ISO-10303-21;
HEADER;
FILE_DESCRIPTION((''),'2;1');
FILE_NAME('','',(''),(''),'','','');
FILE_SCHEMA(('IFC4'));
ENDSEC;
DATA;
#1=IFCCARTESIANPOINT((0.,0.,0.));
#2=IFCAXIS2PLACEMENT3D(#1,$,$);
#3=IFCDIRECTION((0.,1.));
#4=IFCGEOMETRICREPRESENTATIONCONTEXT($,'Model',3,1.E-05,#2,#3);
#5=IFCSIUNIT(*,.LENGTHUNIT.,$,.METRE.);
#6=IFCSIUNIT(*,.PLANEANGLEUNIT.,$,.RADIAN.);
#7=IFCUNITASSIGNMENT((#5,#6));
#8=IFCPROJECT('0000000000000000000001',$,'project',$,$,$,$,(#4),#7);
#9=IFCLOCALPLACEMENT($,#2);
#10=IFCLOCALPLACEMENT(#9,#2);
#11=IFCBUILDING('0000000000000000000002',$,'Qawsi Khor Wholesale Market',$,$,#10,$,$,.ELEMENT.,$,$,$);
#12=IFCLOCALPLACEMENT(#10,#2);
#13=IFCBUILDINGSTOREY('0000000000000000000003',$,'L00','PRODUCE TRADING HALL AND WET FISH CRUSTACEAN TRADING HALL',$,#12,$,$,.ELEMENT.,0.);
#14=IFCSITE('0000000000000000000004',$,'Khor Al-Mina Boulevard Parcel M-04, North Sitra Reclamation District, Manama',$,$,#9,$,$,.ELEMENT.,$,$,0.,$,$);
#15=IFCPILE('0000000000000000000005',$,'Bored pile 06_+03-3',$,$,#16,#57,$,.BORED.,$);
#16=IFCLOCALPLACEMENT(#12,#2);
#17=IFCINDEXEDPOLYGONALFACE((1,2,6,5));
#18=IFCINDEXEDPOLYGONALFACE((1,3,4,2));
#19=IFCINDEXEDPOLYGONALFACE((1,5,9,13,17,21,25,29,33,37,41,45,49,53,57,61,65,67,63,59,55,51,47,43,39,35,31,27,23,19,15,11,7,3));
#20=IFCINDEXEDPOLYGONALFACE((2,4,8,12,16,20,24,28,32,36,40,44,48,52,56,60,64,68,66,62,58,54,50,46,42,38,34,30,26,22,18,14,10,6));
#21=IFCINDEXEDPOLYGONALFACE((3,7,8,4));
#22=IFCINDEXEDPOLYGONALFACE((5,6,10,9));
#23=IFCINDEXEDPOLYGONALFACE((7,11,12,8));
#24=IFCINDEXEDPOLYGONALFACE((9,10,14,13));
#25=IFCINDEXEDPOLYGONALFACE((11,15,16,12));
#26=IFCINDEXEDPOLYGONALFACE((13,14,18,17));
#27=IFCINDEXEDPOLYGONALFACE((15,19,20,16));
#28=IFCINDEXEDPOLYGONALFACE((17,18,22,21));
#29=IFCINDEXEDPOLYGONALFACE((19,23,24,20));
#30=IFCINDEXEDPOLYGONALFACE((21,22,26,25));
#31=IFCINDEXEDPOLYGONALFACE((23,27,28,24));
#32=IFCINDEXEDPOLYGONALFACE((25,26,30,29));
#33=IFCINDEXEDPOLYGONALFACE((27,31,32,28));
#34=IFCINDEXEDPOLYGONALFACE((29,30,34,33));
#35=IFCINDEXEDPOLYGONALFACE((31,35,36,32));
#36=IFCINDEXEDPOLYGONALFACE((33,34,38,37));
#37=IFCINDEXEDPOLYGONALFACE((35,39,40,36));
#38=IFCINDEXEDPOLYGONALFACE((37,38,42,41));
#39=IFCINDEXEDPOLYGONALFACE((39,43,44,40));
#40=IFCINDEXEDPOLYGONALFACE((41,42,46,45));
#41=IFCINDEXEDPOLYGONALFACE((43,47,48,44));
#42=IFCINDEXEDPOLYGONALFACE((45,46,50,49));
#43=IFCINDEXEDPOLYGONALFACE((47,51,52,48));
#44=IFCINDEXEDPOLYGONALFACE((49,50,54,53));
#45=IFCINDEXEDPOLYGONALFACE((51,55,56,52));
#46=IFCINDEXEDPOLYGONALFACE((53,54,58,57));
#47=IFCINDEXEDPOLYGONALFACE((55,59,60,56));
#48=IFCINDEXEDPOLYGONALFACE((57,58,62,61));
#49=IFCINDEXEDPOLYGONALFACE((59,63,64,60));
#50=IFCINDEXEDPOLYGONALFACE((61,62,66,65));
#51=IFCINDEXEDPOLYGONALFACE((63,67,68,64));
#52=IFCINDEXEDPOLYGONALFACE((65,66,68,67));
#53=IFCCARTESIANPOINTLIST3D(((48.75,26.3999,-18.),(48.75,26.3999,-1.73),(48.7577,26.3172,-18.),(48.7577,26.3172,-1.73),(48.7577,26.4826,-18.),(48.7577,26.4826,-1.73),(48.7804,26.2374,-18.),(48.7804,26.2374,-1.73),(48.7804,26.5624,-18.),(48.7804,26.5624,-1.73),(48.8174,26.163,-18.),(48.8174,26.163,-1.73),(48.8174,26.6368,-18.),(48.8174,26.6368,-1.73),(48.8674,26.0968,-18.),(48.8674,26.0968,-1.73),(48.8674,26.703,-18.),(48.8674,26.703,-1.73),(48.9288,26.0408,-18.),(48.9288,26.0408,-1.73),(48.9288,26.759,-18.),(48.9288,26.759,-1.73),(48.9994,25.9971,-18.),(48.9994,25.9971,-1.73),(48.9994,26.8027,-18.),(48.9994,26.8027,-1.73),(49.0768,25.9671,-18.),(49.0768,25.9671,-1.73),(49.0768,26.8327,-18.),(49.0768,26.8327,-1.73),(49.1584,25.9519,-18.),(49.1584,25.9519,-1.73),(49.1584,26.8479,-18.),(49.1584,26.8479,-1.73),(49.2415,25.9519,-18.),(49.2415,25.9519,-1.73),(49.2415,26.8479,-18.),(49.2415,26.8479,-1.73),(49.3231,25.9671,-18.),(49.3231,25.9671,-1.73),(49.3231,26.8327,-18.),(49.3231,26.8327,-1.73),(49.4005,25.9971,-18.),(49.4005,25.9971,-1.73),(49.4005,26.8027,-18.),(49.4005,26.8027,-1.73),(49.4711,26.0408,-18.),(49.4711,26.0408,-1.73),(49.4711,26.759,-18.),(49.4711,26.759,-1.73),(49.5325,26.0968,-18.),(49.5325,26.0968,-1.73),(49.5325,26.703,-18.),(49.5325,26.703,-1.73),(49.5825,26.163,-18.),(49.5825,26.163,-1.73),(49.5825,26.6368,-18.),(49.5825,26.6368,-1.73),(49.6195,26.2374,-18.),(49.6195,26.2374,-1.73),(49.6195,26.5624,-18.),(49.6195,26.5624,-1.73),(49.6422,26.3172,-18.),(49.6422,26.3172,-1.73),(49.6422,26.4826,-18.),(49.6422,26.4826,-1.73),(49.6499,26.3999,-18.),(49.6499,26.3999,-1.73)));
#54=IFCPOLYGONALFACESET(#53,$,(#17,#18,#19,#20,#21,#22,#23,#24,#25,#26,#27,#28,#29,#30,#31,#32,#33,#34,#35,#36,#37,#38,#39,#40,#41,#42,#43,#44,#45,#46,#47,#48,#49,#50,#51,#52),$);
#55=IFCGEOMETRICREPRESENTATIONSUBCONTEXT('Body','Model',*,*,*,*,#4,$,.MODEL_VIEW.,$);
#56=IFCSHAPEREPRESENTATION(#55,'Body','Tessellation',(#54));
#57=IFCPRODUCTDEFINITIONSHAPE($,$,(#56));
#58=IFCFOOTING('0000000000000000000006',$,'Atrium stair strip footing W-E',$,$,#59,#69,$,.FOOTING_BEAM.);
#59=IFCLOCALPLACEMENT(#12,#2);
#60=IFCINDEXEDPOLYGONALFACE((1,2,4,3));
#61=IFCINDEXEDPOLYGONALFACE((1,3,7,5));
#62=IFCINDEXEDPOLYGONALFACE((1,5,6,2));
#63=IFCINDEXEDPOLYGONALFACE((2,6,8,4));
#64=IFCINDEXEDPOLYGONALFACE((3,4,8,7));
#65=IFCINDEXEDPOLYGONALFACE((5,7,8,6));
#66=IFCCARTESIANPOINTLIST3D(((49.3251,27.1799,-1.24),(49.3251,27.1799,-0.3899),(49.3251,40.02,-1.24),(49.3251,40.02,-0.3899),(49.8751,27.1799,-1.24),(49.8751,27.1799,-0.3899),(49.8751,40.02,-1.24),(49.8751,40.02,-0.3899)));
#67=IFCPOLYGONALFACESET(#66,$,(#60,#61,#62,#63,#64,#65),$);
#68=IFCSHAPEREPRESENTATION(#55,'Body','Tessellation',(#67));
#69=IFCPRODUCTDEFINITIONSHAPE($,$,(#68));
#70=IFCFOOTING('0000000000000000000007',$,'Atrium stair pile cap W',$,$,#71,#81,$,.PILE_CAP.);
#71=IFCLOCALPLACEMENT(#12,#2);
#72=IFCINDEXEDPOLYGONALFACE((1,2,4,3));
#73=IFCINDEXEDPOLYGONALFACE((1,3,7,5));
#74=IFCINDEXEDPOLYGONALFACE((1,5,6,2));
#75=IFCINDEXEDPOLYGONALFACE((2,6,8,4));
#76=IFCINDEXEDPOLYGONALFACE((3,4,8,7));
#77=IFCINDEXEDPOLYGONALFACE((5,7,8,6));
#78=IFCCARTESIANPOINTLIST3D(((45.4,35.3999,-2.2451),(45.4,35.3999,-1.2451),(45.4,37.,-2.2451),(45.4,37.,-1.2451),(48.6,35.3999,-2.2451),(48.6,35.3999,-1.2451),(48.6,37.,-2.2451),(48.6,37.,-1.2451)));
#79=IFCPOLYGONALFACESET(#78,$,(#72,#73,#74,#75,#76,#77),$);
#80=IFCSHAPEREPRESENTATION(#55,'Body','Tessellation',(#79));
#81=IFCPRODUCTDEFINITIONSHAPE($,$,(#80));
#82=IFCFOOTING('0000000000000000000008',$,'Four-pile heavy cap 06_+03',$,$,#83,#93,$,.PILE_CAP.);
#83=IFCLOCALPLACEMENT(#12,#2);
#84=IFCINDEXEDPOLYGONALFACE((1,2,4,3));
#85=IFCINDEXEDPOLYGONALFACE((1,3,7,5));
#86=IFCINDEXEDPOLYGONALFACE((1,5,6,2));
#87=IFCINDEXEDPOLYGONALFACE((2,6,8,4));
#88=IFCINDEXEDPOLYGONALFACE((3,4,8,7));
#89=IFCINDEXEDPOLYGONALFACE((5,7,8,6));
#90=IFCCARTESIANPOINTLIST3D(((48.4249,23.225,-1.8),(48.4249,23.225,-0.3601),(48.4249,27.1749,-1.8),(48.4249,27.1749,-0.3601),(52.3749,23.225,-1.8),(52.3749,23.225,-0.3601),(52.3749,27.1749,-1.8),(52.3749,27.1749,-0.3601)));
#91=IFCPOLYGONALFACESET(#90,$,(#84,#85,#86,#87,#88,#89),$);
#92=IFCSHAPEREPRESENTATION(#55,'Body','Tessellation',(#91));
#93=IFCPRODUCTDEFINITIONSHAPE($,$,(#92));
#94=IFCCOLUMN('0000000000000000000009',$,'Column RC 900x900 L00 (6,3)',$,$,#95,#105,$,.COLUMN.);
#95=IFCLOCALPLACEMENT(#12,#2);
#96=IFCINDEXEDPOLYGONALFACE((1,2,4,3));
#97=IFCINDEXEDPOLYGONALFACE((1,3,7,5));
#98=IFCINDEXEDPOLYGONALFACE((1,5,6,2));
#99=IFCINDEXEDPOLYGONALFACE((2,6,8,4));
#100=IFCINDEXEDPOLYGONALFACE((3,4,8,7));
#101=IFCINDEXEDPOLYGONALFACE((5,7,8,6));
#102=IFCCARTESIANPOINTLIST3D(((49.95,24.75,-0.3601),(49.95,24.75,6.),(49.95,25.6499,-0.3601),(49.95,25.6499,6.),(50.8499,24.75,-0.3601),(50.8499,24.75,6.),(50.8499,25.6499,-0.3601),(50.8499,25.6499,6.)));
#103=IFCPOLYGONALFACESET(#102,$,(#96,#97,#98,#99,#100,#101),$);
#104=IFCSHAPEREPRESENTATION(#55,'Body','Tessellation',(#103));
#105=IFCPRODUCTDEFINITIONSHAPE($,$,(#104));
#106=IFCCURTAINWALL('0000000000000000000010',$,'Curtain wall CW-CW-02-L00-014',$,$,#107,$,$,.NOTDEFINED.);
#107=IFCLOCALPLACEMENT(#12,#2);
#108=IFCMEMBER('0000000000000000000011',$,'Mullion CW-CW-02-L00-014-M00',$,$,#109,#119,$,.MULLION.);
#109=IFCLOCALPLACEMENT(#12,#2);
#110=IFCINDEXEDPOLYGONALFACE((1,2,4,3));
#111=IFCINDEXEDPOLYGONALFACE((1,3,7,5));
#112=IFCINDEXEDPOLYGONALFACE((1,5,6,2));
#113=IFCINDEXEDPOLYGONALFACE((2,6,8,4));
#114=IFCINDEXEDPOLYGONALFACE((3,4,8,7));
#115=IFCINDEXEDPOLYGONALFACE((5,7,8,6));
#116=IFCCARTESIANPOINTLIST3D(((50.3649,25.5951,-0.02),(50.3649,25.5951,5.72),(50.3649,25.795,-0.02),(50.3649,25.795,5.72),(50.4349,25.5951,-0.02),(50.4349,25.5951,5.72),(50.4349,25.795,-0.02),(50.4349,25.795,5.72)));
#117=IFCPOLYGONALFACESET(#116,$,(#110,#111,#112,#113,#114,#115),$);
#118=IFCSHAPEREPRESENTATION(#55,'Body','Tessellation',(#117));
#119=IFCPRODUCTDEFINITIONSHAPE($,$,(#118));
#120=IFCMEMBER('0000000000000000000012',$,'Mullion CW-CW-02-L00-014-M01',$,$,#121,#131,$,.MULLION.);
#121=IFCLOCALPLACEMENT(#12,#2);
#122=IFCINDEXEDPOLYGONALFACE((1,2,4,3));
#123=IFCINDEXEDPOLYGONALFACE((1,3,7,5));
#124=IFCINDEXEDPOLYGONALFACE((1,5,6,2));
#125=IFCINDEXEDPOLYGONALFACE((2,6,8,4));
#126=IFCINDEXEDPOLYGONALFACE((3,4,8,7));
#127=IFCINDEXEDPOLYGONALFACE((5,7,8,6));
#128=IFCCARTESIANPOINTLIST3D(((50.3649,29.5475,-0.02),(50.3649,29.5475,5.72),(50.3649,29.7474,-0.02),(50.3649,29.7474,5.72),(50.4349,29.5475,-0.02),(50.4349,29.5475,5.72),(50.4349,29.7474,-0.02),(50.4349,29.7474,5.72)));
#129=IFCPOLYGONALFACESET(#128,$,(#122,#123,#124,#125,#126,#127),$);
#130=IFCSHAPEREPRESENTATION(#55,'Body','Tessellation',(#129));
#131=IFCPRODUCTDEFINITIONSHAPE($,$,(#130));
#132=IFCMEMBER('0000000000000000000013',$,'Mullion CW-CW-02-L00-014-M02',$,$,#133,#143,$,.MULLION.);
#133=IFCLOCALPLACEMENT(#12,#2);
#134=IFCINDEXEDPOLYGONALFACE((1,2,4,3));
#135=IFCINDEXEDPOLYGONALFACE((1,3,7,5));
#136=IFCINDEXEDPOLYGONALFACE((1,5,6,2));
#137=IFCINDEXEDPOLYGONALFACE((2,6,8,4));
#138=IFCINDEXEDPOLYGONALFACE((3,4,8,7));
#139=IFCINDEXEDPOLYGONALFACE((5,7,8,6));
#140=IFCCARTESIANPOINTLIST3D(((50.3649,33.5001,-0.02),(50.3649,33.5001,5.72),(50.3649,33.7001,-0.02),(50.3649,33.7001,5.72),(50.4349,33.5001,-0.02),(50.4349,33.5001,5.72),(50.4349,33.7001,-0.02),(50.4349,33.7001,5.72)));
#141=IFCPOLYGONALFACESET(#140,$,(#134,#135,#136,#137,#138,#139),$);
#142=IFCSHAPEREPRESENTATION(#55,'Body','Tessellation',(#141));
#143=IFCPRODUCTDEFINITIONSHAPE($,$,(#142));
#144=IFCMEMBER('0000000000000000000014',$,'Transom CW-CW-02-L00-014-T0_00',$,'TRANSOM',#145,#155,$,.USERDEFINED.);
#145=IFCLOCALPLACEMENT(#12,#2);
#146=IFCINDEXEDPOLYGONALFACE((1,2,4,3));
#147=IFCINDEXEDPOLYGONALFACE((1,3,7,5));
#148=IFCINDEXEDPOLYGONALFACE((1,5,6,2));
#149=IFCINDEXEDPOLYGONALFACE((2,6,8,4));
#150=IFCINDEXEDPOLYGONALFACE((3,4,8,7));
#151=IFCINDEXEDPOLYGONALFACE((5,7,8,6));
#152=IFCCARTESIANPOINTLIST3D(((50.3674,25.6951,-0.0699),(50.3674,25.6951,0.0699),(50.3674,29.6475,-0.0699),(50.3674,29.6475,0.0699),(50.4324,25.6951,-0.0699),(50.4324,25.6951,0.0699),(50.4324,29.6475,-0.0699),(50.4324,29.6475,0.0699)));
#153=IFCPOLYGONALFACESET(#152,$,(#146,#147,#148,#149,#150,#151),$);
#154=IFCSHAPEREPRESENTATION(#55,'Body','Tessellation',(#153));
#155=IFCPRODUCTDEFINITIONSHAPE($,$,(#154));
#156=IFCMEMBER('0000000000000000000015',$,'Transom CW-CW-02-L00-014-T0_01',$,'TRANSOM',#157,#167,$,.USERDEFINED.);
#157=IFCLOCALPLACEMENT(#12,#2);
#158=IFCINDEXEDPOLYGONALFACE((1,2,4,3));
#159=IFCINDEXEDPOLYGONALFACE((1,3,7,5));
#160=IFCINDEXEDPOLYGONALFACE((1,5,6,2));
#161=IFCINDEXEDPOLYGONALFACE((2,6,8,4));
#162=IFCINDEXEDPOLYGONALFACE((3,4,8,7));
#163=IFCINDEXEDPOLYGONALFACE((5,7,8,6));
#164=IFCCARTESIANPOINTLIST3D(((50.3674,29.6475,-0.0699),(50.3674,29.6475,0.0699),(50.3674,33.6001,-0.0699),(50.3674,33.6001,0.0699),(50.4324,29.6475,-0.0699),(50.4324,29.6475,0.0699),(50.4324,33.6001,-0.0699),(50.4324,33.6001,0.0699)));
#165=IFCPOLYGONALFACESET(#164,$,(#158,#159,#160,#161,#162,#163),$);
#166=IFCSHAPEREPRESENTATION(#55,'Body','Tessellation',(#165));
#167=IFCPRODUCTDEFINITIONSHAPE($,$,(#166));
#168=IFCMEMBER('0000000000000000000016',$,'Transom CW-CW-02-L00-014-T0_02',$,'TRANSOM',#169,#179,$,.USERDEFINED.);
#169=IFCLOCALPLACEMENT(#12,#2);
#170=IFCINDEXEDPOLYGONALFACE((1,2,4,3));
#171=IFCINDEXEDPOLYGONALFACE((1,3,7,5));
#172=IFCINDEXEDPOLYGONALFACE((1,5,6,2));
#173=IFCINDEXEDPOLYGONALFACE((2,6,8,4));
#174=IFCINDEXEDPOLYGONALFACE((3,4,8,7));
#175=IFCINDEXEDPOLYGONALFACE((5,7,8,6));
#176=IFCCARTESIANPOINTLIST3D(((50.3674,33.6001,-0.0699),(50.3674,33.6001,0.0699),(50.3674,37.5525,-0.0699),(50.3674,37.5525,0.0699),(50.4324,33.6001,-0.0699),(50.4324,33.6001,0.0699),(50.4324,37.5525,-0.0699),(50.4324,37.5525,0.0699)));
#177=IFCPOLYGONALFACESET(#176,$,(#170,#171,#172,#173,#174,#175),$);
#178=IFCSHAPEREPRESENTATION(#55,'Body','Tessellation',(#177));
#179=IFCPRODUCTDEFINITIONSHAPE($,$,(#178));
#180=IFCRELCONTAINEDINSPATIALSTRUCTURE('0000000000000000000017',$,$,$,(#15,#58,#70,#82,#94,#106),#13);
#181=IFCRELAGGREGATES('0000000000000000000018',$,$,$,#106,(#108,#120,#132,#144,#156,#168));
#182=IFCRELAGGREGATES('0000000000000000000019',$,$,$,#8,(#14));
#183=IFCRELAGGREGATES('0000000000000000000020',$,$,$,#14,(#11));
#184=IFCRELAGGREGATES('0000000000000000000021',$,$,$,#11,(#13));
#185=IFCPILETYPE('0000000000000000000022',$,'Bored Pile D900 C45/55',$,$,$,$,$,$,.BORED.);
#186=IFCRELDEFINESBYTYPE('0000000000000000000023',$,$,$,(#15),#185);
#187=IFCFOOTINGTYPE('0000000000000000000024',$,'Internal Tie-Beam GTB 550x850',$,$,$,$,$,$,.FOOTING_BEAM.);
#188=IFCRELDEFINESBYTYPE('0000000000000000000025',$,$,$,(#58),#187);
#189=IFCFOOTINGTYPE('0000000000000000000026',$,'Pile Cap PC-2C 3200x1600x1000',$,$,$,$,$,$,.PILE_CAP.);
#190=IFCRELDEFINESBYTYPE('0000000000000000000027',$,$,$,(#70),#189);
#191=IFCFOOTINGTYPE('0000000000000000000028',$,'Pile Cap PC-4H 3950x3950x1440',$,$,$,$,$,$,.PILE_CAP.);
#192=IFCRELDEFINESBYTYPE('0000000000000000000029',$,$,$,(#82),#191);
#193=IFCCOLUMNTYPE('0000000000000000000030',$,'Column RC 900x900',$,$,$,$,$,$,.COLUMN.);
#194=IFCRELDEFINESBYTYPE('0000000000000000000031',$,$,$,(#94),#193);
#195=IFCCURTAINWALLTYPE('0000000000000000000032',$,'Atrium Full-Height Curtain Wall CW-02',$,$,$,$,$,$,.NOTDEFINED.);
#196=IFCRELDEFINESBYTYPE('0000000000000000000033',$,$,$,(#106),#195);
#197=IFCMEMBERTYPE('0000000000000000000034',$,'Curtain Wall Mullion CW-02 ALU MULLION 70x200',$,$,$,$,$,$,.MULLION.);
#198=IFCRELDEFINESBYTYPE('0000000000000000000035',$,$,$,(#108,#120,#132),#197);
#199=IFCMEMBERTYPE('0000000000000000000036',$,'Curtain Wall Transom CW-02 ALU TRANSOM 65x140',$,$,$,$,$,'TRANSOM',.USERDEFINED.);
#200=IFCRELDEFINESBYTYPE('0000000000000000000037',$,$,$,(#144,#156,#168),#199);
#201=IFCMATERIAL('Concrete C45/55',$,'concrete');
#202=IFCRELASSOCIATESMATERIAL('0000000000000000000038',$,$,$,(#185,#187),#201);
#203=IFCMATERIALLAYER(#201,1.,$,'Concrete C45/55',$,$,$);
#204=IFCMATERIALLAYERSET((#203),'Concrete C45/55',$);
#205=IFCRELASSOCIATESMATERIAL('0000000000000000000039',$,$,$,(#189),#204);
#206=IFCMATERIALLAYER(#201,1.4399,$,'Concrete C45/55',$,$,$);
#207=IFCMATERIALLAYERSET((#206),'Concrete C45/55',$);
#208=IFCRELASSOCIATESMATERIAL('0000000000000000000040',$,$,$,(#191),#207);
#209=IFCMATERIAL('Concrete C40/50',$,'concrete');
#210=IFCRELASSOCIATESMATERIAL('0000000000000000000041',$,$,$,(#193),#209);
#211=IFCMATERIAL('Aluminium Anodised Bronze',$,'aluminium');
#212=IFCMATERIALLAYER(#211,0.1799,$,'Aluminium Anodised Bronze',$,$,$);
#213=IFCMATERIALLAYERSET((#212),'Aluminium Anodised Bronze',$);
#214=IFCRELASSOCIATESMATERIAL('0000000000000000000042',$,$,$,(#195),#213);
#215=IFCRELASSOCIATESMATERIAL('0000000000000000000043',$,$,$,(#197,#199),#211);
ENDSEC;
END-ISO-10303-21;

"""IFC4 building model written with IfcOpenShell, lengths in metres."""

from ifc_helpers import new_model, si_unit, direction, frame, origin, origin_2d, place, context, subcontext, project, spatial, rectangle, circle, extrude, material, layer, layer_set, material_profile, profile_set, type_object, element, aggregate, save


model = new_model("IFC4")

# Units and contexts
model_context = context("Model", 3, precision=1e-05, world=origin(), true_north=direction((0.0, 1.0)))
body_context = subcontext(model_context, "Body", "Model", "MODEL_VIEW")
ifc_project = project(units=[si_unit("LENGTHUNIT", "METRE"), si_unit("PLANEANGLEUNIT", "RADIAN")], contexts=[model_context])

# Site, building, storey
site_placement = place(None, origin())
site = spatial("IfcSite", under=ifc_project, at=site_placement, Name="Khor Al-Mina Boulevard Parcel M-04, North Sitra Reclamation District, Manama", CompositionType="ELEMENT", RefElevation=0.0)
building_placement = place(site_placement, origin())
building = spatial("IfcBuilding", under=site, at=building_placement, Name="Qawsi Khor Wholesale Market", CompositionType="ELEMENT")
storey_placement = place(building_placement, origin())
storey = spatial("IfcBuildingStorey", under=building, at=storey_placement, Name="L00", Description="PRODUCE TRADING HALL AND WET FISH CRUSTACEAN TRADING HALL", CompositionType="ELEMENT", Elevation=0.0)

# Pile
ifc_material_1 = material(Name="Concrete C45/55", Category="concrete")
ifc_material_profile_1 = material_profile(ifc_material_1, circle(Radius=0.45, at=origin_2d()), Name="PILE D900")
ifc_profile_set_1 = profile_set([ifc_material_profile_1], Name="Concrete C45/55")
pile_type = type_object("IfcPileType", Name="Bored Pile D900 C45/55", PredefinedType="BORED", material=ifc_profile_set_1)
pile_placement = place(storey_placement, frame((49.2, 26.3999, -1.73), z_axis=(0.0, 0.0, -1.0), x_axis=(1.0, 0.0, 0.0)))
element("IfcPile", 1, at=pile_placement, inside=storey, type_object=pile_type, Name="Bored pile 06_+03-3", PredefinedType="BORED", context=body_context, shape_type="SweptSolid", body=[
    extrude(circle(Radius=0.45, at=origin_2d()), origin(), (0.0, 0.0, 1.0), 16.27),
])

# Footings
ifc_material_profile_2 = material_profile(ifc_material_1, rectangle(XDim=0.55, YDim=0.8501, at=origin_2d()), Name="RC 550x850")
ifc_profile_set_2 = profile_set([ifc_material_profile_2], Name="Concrete C45/55")
footing_type_1 = type_object("IfcFootingType", Name="Internal Tie-Beam GTB 550x850", PredefinedType="FOOTING_BEAM", material=ifc_profile_set_2)
footing_1_placement = place(storey_placement, frame((49.6001, 27.1799, -0.8149), z_axis=(0.0, 1.0, 0.0), x_axis=(-1.0, 0.0, 0.0)))
element("IfcFooting", 2, at=footing_1_placement, inside=storey, type_object=footing_type_1, Name="Atrium stair strip footing W-E", PredefinedType="FOOTING_BEAM", context=body_context, shape_type="SweptSolid", body=[
    extrude(rectangle(XDim=0.55, YDim=0.8501, at=origin_2d()), origin(), (0.0, 0.0, 1.0), 12.8401),
])
ifc_layer_1 = layer(ifc_material_1, 1.0, Name="Concrete C45/55")
ifc_layer_set_1 = layer_set([ifc_layer_1], Name="Concrete C45/55")
footing_type_2 = type_object("IfcFootingType", Name="Pile Cap PC-2C 3200x1600x1000", PredefinedType="PILE_CAP", material=ifc_layer_set_1)
footing_2_placement = place(storey_placement, frame((47.0, 36.2, -2.2451), z_axis=(0.0, 0.0, 1.0), x_axis=(1.0, 0.0, 0.0)))
element("IfcFooting", 3, at=footing_2_placement, inside=storey, type_object=footing_type_2, Name="Atrium stair pile cap W", PredefinedType="PILE_CAP", context=body_context, shape_type="SweptSolid", body=[
    extrude(rectangle(XDim=3.2, YDim=1.6001, at=origin_2d()), origin(), (0.0, 0.0, 1.0), 1.0),
])
ifc_layer_2 = layer(ifc_material_1, 1.4399, Name="Concrete C45/55")
ifc_layer_set_2 = layer_set([ifc_layer_2], Name="Concrete C45/55")
footing_type_3 = type_object("IfcFootingType", Name="Pile Cap PC-4H 3950x3950x1440", PredefinedType="PILE_CAP", material=ifc_layer_set_2)
footing_3_placement = place(storey_placement, frame((50.3999, 25.2, -1.8), z_axis=(0.0, 0.0, 1.0), x_axis=(1.0, 0.0, 0.0)))
element("IfcFooting", 4, at=footing_3_placement, inside=storey, type_object=footing_type_3, Name="Four-pile heavy cap 06_+03", PredefinedType="PILE_CAP", context=body_context, shape_type="SweptSolid", body=[
    extrude(rectangle(XDim=3.95, YDim=3.95, at=origin_2d()), origin(), (0.0, 0.0, 1.0), 1.4399),
])

# Column
ifc_material_2 = material(Name="Concrete C40/50", Category="concrete")
ifc_material_profile_3 = material_profile(ifc_material_2, rectangle(XDim=0.8999, YDim=0.8999, at=origin_2d()), Name="RC 900x900")
ifc_profile_set_3 = profile_set([ifc_material_profile_3], Name="Concrete C40/50")
column_type = type_object("IfcColumnType", Name="Column RC 900x900", PredefinedType="COLUMN", material=ifc_profile_set_3)
column_placement = place(storey_placement, frame((50.3999, 25.2, -0.3601), z_axis=(0.0, 0.0, 1.0), x_axis=(1.0, 0.0, 0.0)))
element("IfcColumn", 5, at=column_placement, inside=storey, type_object=column_type, Name="Column RC 900x900 L00 (6,3)", PredefinedType="COLUMN", context=body_context, shape_type="SweptSolid", body=[
    extrude(rectangle(XDim=0.8999, YDim=0.8999, at=origin_2d()), origin(), (0.0, 0.0, 1.0), 6.3601),
])

# Curtain wall, members
ifc_material_3 = material(Name="Aluminium Anodised Bronze", Category="aluminium")
ifc_layer_3 = layer(ifc_material_3, 0.1799, Name="Aluminium Anodised Bronze")
ifc_layer_set_3 = layer_set([ifc_layer_3], Name="Aluminium Anodised Bronze")
curtain_wall_type = type_object("IfcCurtainWallType", Name="Atrium Full-Height Curtain Wall CW-02", PredefinedType="NOTDEFINED", material=ifc_layer_set_3)
curtain_wall_placement = place(storey_placement, origin())
curtain_wall = element("IfcCurtainWall", 6, at=curtain_wall_placement, inside=storey, type_object=curtain_wall_type, Name="Curtain wall CW-CW-02-L00-014", PredefinedType="NOTDEFINED")
ifc_material_profile_4 = material_profile(ifc_material_3, rectangle(XDim=0.0701, YDim=0.2, at=origin_2d()), Name="ALU MULLION 70x200")
ifc_profile_set_4 = profile_set([ifc_material_profile_4], Name="Aluminium Anodised Bronze")
member_type_1 = type_object("IfcMemberType", Name="Curtain Wall Mullion CW-02 ALU MULLION 70x200", PredefinedType="MULLION", material=ifc_profile_set_4)
member_1_placement = place(storey_placement, frame((50.3999, 25.6951, -0.02), z_axis=(0.0, 0.0, 1.0), x_axis=(1.0, 0.0, 0.0)))
member_1 = element("IfcMember", 7, at=member_1_placement, type_object=member_type_1, Name="Mullion CW-CW-02-L00-014-M00", PredefinedType="MULLION", context=body_context, shape_type="SweptSolid", body=[
    extrude(rectangle(XDim=0.0701, YDim=0.2, at=origin_2d()), origin(), (0.0, 0.0, 1.0), 5.74),
])
member_2_placement = place(storey_placement, frame((50.3999, 29.6475, -0.02), z_axis=(0.0, 0.0, 1.0), x_axis=(1.0, 0.0, 0.0)))
member_2 = element("IfcMember", 8, at=member_2_placement, type_object=member_type_1, Name="Mullion CW-CW-02-L00-014-M01", PredefinedType="MULLION", context=body_context, shape_type="SweptSolid", body=[
    extrude(rectangle(XDim=0.0701, YDim=0.2, at=origin_2d()), origin(), (0.0, 0.0, 1.0), 5.74),
])
member_3_placement = place(storey_placement, frame((50.3999, 33.6001, -0.02), z_axis=(0.0, 0.0, 1.0), x_axis=(1.0, 0.0, 0.0)))
member_3 = element("IfcMember", 9, at=member_3_placement, type_object=member_type_1, Name="Mullion CW-CW-02-L00-014-M02", PredefinedType="MULLION", context=body_context, shape_type="SweptSolid", body=[
    extrude(rectangle(XDim=0.0701, YDim=0.2, at=origin_2d()), origin(), (0.0, 0.0, 1.0), 5.74),
])
ifc_material_profile_5 = material_profile(ifc_material_3, rectangle(XDim=0.0649, YDim=0.1399, at=origin_2d()), Name="ALU TRANSOM 65x140")
ifc_profile_set_5 = profile_set([ifc_material_profile_5], Name="Aluminium Anodised Bronze")
member_type_2 = type_object("IfcMemberType", Name="Curtain Wall Transom CW-02 ALU TRANSOM 65x140", ElementType="TRANSOM", PredefinedType="USERDEFINED", material=ifc_profile_set_5)
member_4_placement = place(storey_placement, frame((50.3999, 25.6951, 0.0), z_axis=(0.0, 1.0, 0.0), x_axis=(-1.0, 0.0, 0.0)))
member_4 = element("IfcMember", 10, at=member_4_placement, type_object=member_type_2, Name="Transom CW-CW-02-L00-014-T0_00", ObjectType="TRANSOM", PredefinedType="USERDEFINED", context=body_context, shape_type="SweptSolid", body=[
    extrude(rectangle(XDim=0.0649, YDim=0.1399, at=origin_2d()), origin(), (0.0, 0.0, 1.0), 3.9524),
])
member_5_placement = place(storey_placement, frame((50.3999, 29.6475, 0.0), z_axis=(0.0, 1.0, 0.0), x_axis=(-1.0, 0.0, 0.0)))
member_5 = element("IfcMember", 11, at=member_5_placement, type_object=member_type_2, Name="Transom CW-CW-02-L00-014-T0_01", ObjectType="TRANSOM", PredefinedType="USERDEFINED", context=body_context, shape_type="SweptSolid", body=[
    extrude(rectangle(XDim=0.0649, YDim=0.1399, at=origin_2d()), origin(), (0.0, 0.0, 1.0), 3.9526),
])
member_6_placement = place(storey_placement, frame((50.3999, 33.6001, 0.0), z_axis=(0.0, 1.0, 0.0), x_axis=(-1.0, 0.0, 0.0)))
member_6 = element("IfcMember", 12, at=member_6_placement, type_object=member_type_2, Name="Transom CW-CW-02-L00-014-T0_02", ObjectType="TRANSOM", PredefinedType="USERDEFINED", context=body_context, shape_type="SweptSolid", body=[
    extrude(rectangle(XDim=0.0649, YDim=0.1399, at=origin_2d()), origin(), (0.0, 0.0, 1.0), 3.9524),
])
aggregate(curtain_wall, [member_1, member_2, member_3, member_4, member_5, member_6])

save(model, "model.ifc")
